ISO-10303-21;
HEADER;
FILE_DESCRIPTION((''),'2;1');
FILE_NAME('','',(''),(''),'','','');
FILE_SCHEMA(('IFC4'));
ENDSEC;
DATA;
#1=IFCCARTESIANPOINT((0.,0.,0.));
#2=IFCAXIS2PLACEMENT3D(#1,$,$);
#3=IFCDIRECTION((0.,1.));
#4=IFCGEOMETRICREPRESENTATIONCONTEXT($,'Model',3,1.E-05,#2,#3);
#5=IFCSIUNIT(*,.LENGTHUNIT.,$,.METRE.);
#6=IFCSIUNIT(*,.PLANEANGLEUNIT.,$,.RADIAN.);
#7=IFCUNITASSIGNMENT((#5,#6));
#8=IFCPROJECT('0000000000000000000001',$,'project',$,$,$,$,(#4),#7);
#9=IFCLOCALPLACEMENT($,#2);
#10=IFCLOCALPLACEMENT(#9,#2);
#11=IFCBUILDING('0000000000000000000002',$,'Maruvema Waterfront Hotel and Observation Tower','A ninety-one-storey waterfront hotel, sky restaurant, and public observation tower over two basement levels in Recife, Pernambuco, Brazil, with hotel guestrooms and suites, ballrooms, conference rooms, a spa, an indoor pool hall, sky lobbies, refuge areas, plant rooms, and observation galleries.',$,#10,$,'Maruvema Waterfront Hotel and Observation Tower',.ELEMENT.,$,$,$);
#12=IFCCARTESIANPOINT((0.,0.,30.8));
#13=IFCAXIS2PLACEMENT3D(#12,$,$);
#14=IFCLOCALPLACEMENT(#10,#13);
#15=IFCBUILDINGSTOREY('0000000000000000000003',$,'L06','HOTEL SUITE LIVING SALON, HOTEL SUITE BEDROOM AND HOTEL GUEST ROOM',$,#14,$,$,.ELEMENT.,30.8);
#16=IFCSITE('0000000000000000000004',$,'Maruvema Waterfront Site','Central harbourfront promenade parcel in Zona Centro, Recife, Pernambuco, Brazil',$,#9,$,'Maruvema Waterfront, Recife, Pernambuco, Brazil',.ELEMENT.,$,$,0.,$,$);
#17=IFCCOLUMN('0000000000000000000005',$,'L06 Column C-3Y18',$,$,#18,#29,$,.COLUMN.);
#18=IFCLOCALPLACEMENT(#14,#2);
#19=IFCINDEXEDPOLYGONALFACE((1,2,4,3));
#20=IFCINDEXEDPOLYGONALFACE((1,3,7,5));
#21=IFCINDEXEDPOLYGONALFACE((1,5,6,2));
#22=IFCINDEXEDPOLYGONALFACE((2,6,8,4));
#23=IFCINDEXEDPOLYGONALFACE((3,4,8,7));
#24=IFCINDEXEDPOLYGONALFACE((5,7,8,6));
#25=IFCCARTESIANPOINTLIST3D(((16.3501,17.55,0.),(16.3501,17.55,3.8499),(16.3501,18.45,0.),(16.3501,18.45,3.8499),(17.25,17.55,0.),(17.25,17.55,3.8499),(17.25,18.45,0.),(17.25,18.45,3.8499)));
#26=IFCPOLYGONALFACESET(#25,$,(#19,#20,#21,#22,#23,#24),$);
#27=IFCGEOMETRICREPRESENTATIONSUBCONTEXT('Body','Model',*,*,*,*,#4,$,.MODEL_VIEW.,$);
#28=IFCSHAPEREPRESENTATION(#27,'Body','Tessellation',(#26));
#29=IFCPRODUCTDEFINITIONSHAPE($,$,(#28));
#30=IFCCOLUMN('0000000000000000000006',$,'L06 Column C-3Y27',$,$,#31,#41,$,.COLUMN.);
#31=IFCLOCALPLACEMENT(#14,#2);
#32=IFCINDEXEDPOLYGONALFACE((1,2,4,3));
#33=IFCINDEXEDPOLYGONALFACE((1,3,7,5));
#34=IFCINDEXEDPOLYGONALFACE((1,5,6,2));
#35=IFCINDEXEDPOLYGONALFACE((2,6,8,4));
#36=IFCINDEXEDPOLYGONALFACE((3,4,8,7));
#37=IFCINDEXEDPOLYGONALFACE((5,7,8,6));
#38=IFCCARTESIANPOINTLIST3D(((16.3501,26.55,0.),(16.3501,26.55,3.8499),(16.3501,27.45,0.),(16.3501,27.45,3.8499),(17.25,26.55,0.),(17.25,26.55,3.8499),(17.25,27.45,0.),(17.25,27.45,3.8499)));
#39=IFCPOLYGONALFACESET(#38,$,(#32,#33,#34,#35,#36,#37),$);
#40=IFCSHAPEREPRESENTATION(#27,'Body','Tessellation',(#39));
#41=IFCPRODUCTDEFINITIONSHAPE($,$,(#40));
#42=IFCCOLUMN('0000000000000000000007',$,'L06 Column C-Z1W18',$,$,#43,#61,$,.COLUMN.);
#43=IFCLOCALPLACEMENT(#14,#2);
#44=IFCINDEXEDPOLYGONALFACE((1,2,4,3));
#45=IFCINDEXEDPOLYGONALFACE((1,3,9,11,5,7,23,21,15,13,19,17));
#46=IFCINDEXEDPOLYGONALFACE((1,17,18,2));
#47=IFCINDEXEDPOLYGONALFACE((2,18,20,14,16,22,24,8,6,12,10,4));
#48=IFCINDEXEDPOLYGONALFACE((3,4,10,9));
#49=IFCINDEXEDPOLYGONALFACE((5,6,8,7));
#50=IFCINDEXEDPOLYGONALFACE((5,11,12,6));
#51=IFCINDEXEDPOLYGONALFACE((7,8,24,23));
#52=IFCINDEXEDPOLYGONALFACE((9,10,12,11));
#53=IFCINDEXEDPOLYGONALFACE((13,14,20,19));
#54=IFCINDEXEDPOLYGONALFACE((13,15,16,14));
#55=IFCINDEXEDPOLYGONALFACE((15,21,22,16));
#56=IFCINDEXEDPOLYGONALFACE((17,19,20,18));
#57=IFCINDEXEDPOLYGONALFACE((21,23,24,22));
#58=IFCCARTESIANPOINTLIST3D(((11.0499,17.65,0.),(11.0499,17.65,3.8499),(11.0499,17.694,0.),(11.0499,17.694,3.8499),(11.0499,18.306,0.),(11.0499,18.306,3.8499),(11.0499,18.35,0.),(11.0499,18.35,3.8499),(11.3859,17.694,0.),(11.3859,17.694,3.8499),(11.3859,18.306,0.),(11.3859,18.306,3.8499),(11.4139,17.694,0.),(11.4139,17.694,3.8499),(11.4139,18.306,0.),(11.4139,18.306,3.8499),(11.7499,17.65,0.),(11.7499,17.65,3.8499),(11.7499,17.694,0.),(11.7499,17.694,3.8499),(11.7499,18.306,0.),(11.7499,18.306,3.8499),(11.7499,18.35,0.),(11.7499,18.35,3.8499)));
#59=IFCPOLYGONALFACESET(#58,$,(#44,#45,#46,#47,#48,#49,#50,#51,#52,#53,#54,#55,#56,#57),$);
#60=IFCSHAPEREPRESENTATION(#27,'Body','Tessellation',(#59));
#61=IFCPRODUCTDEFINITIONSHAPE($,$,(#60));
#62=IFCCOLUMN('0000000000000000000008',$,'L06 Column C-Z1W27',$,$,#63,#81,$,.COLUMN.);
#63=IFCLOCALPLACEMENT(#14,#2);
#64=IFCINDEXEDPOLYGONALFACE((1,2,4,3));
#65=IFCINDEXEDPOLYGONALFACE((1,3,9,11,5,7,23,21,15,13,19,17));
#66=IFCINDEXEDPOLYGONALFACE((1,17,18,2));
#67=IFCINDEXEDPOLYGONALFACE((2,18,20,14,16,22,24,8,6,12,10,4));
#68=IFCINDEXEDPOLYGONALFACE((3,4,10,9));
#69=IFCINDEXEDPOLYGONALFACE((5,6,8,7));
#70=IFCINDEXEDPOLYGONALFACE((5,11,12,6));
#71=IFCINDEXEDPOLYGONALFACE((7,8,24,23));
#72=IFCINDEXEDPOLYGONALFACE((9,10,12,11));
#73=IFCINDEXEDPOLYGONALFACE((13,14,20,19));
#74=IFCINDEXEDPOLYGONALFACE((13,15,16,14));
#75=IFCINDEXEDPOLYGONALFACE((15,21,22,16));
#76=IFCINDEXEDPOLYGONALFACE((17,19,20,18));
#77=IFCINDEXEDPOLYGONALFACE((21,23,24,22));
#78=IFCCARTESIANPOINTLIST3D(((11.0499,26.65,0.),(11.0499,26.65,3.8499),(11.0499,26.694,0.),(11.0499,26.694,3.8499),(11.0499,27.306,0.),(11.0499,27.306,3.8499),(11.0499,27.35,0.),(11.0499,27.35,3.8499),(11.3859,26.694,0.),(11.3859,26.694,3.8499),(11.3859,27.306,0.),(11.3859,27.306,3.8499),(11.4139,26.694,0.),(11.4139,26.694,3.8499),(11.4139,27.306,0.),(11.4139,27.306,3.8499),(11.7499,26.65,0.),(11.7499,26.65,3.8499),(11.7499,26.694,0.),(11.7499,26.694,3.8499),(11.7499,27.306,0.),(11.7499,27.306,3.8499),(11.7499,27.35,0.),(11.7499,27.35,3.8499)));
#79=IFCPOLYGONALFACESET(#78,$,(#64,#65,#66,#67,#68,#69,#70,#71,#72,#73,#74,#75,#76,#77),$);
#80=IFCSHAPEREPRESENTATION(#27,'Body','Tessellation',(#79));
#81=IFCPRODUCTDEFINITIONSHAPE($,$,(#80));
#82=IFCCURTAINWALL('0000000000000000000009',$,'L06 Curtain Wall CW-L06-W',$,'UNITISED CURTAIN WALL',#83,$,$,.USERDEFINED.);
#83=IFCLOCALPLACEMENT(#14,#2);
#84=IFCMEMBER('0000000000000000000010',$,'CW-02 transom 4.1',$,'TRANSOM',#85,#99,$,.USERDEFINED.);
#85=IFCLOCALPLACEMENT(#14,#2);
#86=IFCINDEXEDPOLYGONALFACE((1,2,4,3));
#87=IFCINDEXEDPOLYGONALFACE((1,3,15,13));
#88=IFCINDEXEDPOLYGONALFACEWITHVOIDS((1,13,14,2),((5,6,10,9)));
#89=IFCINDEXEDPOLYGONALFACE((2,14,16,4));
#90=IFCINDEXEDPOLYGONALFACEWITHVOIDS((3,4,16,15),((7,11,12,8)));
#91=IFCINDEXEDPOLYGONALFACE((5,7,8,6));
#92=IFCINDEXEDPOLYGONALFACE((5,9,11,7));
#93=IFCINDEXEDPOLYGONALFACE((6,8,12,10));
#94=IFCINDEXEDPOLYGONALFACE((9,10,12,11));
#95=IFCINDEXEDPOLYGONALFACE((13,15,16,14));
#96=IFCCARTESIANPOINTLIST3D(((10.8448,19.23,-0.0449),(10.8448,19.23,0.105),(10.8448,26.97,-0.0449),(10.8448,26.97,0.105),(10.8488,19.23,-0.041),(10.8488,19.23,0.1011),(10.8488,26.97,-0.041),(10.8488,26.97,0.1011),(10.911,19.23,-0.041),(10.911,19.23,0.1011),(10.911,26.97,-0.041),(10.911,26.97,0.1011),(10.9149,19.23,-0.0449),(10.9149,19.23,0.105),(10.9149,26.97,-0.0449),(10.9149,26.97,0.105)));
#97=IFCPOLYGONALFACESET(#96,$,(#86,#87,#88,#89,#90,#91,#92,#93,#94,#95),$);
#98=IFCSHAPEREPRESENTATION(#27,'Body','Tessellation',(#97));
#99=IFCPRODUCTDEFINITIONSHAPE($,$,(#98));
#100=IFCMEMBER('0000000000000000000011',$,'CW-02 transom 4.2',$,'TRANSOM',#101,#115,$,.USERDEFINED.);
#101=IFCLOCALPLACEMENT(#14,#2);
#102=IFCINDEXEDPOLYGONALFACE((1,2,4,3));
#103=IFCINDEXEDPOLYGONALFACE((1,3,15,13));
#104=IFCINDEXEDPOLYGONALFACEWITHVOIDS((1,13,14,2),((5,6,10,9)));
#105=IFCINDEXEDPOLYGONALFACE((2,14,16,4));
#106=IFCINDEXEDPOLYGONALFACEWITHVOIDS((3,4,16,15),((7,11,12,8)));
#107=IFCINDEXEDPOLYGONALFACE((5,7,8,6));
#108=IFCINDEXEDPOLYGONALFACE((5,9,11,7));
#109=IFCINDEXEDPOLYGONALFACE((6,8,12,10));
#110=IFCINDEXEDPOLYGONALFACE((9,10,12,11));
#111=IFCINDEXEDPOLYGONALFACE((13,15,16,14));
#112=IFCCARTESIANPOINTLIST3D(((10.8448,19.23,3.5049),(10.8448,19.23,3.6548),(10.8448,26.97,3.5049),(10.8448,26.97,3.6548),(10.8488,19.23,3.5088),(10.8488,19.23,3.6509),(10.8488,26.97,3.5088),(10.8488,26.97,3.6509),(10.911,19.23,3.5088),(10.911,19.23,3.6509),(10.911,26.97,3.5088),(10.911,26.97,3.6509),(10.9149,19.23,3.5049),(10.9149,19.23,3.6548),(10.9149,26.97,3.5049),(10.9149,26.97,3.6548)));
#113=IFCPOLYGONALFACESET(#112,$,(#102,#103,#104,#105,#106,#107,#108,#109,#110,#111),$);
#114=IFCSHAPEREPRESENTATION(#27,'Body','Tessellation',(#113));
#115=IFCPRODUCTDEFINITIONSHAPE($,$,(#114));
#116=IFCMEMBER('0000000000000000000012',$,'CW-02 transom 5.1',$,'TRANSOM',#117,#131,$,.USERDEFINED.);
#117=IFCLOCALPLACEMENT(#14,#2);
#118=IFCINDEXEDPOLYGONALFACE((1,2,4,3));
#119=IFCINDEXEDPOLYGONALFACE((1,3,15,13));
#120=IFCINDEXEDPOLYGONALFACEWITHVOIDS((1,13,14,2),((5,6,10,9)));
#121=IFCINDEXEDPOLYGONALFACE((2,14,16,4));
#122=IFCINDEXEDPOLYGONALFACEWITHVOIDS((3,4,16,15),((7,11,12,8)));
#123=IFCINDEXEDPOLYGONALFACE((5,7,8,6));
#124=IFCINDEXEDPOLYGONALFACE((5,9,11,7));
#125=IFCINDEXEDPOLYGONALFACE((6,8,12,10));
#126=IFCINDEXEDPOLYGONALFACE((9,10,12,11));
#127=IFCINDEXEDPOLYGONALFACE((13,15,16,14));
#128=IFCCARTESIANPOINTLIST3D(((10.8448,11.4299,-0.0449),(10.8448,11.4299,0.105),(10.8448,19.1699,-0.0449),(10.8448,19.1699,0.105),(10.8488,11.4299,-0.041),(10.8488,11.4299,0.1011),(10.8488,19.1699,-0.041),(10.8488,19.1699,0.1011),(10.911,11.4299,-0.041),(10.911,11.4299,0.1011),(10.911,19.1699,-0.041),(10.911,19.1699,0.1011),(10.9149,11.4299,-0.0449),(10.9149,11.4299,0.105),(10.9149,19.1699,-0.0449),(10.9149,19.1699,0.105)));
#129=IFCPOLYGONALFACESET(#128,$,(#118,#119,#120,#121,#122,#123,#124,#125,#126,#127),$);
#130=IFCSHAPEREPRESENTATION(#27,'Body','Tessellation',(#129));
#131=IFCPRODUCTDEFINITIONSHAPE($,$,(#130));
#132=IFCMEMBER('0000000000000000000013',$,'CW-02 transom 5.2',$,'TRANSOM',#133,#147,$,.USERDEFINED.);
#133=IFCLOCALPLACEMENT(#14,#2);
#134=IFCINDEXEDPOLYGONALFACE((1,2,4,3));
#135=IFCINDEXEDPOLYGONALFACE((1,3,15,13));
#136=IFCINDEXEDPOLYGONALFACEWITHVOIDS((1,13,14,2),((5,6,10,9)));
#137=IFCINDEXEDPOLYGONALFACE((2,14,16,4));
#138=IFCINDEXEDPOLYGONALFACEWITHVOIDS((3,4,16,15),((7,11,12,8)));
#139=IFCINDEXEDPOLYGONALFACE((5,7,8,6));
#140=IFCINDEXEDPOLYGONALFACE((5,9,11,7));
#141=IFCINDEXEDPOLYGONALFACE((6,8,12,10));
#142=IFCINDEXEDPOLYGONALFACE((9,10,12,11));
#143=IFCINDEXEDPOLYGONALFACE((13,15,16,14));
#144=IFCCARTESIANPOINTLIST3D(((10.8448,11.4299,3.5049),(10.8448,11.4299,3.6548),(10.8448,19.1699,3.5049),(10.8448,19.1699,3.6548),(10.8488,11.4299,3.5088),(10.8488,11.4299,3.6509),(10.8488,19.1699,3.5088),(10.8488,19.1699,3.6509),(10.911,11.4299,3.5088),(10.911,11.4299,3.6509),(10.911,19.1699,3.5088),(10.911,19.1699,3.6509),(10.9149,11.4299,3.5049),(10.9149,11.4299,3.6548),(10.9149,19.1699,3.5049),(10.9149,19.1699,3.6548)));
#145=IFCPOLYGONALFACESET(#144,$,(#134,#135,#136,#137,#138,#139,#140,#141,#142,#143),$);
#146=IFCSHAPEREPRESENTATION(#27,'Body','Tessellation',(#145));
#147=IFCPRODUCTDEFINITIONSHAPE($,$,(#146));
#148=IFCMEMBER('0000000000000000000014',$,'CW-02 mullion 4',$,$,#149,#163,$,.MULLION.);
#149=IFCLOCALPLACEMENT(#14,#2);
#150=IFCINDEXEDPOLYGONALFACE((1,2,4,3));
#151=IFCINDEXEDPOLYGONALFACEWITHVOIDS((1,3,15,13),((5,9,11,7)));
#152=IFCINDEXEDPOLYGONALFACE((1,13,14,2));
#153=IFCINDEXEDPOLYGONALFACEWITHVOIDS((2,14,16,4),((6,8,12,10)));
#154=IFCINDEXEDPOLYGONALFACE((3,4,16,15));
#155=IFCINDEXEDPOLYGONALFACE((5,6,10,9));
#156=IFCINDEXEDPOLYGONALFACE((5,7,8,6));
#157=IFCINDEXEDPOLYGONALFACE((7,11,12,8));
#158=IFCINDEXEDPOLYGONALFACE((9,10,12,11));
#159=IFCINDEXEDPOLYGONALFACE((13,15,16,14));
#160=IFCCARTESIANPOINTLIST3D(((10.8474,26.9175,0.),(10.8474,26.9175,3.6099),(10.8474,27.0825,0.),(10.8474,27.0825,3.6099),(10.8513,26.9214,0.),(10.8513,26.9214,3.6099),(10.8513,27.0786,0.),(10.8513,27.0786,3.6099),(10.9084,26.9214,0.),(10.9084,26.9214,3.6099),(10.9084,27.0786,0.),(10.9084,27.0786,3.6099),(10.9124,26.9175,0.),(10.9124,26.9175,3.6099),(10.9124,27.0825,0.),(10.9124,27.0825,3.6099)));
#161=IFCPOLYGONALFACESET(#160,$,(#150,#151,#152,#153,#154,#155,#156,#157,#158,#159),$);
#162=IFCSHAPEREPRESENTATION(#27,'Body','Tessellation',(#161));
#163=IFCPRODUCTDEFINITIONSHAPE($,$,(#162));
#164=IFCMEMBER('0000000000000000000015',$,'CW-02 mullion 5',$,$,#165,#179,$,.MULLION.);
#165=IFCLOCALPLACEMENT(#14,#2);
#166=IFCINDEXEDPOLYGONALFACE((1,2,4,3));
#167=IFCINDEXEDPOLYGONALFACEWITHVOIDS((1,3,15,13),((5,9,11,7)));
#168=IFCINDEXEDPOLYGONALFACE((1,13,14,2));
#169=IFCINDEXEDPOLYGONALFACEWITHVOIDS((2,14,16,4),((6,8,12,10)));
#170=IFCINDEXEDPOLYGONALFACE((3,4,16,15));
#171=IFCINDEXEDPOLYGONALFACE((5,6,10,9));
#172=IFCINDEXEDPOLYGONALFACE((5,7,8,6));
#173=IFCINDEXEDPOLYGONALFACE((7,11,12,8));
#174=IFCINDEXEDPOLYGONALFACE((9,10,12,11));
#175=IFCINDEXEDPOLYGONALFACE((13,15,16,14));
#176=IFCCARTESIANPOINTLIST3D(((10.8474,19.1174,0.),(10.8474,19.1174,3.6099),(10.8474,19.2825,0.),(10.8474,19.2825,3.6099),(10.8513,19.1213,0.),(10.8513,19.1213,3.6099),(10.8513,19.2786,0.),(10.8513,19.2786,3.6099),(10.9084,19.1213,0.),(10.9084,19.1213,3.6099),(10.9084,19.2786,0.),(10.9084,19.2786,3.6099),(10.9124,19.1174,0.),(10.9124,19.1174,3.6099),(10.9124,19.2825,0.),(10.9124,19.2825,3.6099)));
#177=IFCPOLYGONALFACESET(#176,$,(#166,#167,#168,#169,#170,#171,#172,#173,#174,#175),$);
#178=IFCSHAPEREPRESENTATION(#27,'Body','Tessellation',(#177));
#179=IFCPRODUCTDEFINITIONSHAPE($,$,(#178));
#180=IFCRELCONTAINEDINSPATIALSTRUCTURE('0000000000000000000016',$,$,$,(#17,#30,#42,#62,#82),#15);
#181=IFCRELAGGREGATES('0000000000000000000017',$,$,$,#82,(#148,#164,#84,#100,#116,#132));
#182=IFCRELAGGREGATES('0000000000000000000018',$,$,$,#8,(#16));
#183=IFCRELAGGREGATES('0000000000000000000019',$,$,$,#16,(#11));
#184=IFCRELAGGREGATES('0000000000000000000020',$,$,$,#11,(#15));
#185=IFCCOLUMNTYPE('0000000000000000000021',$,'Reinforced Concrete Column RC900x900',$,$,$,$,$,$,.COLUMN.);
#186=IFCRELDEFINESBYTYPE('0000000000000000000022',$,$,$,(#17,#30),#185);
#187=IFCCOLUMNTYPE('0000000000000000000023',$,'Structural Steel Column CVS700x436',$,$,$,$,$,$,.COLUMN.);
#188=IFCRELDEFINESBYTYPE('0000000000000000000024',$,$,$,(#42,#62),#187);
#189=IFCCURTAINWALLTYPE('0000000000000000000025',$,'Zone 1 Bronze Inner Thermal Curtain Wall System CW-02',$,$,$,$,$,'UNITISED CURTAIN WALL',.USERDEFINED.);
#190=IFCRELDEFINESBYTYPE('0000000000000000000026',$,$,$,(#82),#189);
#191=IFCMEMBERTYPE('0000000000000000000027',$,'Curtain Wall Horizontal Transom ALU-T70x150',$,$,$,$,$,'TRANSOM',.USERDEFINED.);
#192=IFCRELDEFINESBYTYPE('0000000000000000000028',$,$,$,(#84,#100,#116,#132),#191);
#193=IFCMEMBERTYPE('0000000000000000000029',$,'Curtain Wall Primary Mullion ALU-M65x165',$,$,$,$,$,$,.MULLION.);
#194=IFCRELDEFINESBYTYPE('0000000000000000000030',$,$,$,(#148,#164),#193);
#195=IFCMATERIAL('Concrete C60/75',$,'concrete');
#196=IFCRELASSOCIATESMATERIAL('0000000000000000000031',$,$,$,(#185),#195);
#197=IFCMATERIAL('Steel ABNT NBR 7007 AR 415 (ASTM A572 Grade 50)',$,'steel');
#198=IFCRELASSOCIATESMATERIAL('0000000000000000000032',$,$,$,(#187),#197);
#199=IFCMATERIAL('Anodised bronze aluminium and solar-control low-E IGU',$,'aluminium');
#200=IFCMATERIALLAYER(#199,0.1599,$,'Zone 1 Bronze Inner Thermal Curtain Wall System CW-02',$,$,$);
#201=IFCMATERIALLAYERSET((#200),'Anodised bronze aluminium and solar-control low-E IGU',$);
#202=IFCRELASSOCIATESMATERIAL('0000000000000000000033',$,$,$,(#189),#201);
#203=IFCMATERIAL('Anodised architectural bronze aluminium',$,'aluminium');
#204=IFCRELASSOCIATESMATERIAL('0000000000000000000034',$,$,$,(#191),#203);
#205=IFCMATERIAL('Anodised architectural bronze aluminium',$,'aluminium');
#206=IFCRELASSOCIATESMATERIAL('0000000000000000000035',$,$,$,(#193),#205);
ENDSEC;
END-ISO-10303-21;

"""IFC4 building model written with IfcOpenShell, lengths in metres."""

from ifc_helpers import new_model, si_unit, direction, frame, origin, origin_2d, place, context, subcontext, project, spatial, rectangle, hollow_rectangle, i_section, extrude, material, layer, layer_set, material_profile, profile_set, type_object, element, aggregate, save


model = new_model("IFC4")

# Units and contexts
model_context = context("Model", 3, precision=1e-05, world=origin(), true_north=direction((0.0, 1.0)))
body_context = subcontext(model_context, "Body", "Model", "MODEL_VIEW")
ifc_project = project(units=[si_unit("LENGTHUNIT", "METRE"), si_unit("PLANEANGLEUNIT", "RADIAN")], contexts=[model_context])

# Site, building, storey
site_placement = place(None, origin())
site = spatial("IfcSite", under=ifc_project, at=site_placement, Name="Maruvema Waterfront Site", Description="Central harbourfront promenade parcel in Zona Centro, Recife, Pernambuco, Brazil", LongName="Maruvema Waterfront, Recife, Pernambuco, Brazil", CompositionType="ELEMENT", RefElevation=0.0)
building_placement = place(site_placement, origin())
building = spatial("IfcBuilding", under=site, at=building_placement, Name="Maruvema Waterfront Hotel and Observation Tower", Description="A ninety-one-storey waterfront hotel, sky restaurant, and public observation tower over two basement levels in Recife, Pernambuco, Brazil, with hotel guestrooms and suites, ballrooms, conference rooms, a spa, an indoor pool hall, sky lobbies, refuge areas, plant rooms, and observation galleries.", LongName="Maruvema Waterfront Hotel and Observation Tower", CompositionType="ELEMENT")
storey_placement = place(building_placement, frame((0.0, 0.0, 30.8)))
storey = spatial("IfcBuildingStorey", under=building, at=storey_placement, Name="L06", Description="HOTEL SUITE LIVING SALON, HOTEL SUITE BEDROOM AND HOTEL GUEST ROOM", CompositionType="ELEMENT", Elevation=30.8)

# Columns
ifc_material_1 = material(Name="Concrete C60/75", Category="concrete")
ifc_material_profile_1 = material_profile(ifc_material_1, rectangle(XDim=0.8999, YDim=0.8999, at=origin_2d()), Name="RC900x900")
ifc_profile_set_1 = profile_set([ifc_material_profile_1], Name="Concrete C60/75")
column_type_1 = type_object("IfcColumnType", Name="Reinforced Concrete Column RC900x900", PredefinedType="COLUMN", material=ifc_profile_set_1)
for number, where, z_axis, x_axis, name in (
    (1, (16.8, 18.0, 0.0), (0.0, 0.0, 1.0), (1.0, 0.0, 0.0), "L06 Column C-3Y18"),
    (2, (16.8, 27.0, 0.0), (0.0, 0.0, 1.0), (1.0, 0.0, 0.0), "L06 Column C-3Y27"),
):
    element("IfcColumn", number, at=place(storey_placement, frame(where, z_axis=z_axis, x_axis=x_axis)), inside=storey, type_object=column_type_1, Name=name, PredefinedType="COLUMN", context=body_context, shape_type="SweptSolid", body=[
        extrude(rectangle(XDim=0.8999, YDim=0.8999, at=origin_2d()), origin(), (0.0, 0.0, 1.0), 3.8499),
    ])
ifc_material_2 = material(Name="Steel ABNT NBR 7007 AR 415 (ASTM A572 Grade 50)", Category="steel")
ifc_material_profile_2 = material_profile(ifc_material_2, i_section(OverallWidth=0.7, OverallDepth=0.7, WebThickness=0.0281, FlangeThickness=0.0439, at=origin_2d()), Name="CVS700x436")
ifc_profile_set_2 = profile_set([ifc_material_profile_2], Name="Steel ABNT NBR 7007 AR 415 (ASTM A572 Grade 50)")
column_type_2 = type_object("IfcColumnType", Name="Structural Steel Column CVS700x436", PredefinedType="COLUMN", material=ifc_profile_set_2)
for number, where, z_axis, x_axis, name in (
    (3, (11.3999, 18.0, 0.0), (0.0, 0.0, 1.0), (1.0, 0.0, 0.0), "L06 Column C-Z1W18"),
    (4, (11.3999, 27.0, 0.0), (0.0, 0.0, 1.0), (1.0, 0.0, 0.0), "L06 Column C-Z1W27"),
):
    element("IfcColumn", number, at=place(storey_placement, frame(where, z_axis=z_axis, x_axis=x_axis)), inside=storey, type_object=column_type_2, Name=name, PredefinedType="COLUMN", context=body_context, shape_type="SweptSolid", body=[
        extrude(i_section(OverallWidth=0.7, OverallDepth=0.7, WebThickness=0.0281, FlangeThickness=0.0439, at=origin_2d()), origin(), (0.0, 0.0, 1.0), 3.8499),
    ])

# Curtain wall, members
ifc_material_3 = material(Name="Anodised bronze aluminium and solar-control low-E IGU", Category="aluminium")
ifc_layer_1 = layer(ifc_material_3, 0.1599, Name="Zone 1 Bronze Inner Thermal Curtain Wall System CW-02")
ifc_layer_set_1 = layer_set([ifc_layer_1], Name="Anodised bronze aluminium and solar-control low-E IGU")
curtain_wall_type = type_object("IfcCurtainWallType", Name="Zone 1 Bronze Inner Thermal Curtain Wall System CW-02", ElementType="UNITISED CURTAIN WALL", PredefinedType="USERDEFINED", material=ifc_layer_set_1)
curtain_wall_placement = place(storey_placement, origin())
curtain_wall = element("IfcCurtainWall", 5, at=curtain_wall_placement, inside=storey, type_object=curtain_wall_type, Name="L06 Curtain Wall CW-L06-W", ObjectType="UNITISED CURTAIN WALL", PredefinedType="USERDEFINED")
ifc_material_4 = material(Name="Anodised architectural bronze aluminium", Category="aluminium")
ifc_material_profile_3 = material_profile(ifc_material_4, hollow_rectangle(XDim=0.0701, YDim=0.1499, WallThickness=0.0039, at=origin_2d()), Name="ALU-T70x150")
ifc_profile_set_3 = profile_set([ifc_material_profile_3], Name="Anodised architectural bronze aluminium")
member_type_1 = type_object("IfcMemberType", Name="Curtain Wall Horizontal Transom ALU-T70x150", ElementType="TRANSOM", PredefinedType="USERDEFINED", material=ifc_profile_set_3)
member_1_placement = place(storey_placement, frame((10.8799, 26.97, 0.03), z_axis=(0.0, -1.0, 0.0), x_axis=(1.0, 0.0, 0.0)))
member_1 = element("IfcMember", 6, at=member_1_placement, type_object=member_type_1, Name="CW-02 transom 4.1", ObjectType="TRANSOM", PredefinedType="USERDEFINED", context=body_context, shape_type="SweptSolid", body=[
    extrude(hollow_rectangle(XDim=0.0701, YDim=0.1499, WallThickness=0.0039, at=origin_2d()), origin(), (0.0, 0.0, 1.0), 7.74),
])
member_2_placement = place(storey_placement, frame((10.8799, 26.97, 3.5798), z_axis=(0.0, -1.0, 0.0), x_axis=(1.0, 0.0, 0.0)))
member_2 = element("IfcMember", 7, at=member_2_placement, type_object=member_type_1, Name="CW-02 transom 4.2", ObjectType="TRANSOM", PredefinedType="USERDEFINED", context=body_context, shape_type="SweptSolid", body=[
    extrude(hollow_rectangle(XDim=0.0701, YDim=0.1499, WallThickness=0.0039, at=origin_2d()), origin(), (0.0, 0.0, 1.0), 7.74),
])
member_3_placement = place(storey_placement, frame((10.8799, 19.1699, 0.03), z_axis=(0.0, -1.0, 0.0), x_axis=(1.0, 0.0, 0.0)))
member_3 = element("IfcMember", 8, at=member_3_placement, type_object=member_type_1, Name="CW-02 transom 5.1", ObjectType="TRANSOM", PredefinedType="USERDEFINED", context=body_context, shape_type="SweptSolid", body=[
    extrude(hollow_rectangle(XDim=0.0701, YDim=0.1499, WallThickness=0.0039, at=origin_2d()), origin(), (0.0, 0.0, 1.0), 7.74),
])
member_4_placement = place(storey_placement, frame((10.8799, 19.1699, 3.5798), z_axis=(0.0, -1.0, 0.0), x_axis=(1.0, 0.0, 0.0)))
member_4 = element("IfcMember", 9, at=member_4_placement, type_object=member_type_1, Name="CW-02 transom 5.2", ObjectType="TRANSOM", PredefinedType="USERDEFINED", context=body_context, shape_type="SweptSolid", body=[
    extrude(hollow_rectangle(XDim=0.0701, YDim=0.1499, WallThickness=0.0039, at=origin_2d()), origin(), (0.0, 0.0, 1.0), 7.74),
])
ifc_material_5 = material(Name="Anodised architectural bronze aluminium", Category="aluminium")
ifc_material_profile_4 = material_profile(ifc_material_5, hollow_rectangle(XDim=0.0649, YDim=0.165, WallThickness=0.0039, at=origin_2d()), Name="ALU-M65x165")
ifc_profile_set_4 = profile_set([ifc_material_profile_4], Name="Anodised architectural bronze aluminium")
member_type_2 = type_object("IfcMemberType", Name="Curtain Wall Primary Mullion ALU-M65x165", PredefinedType="MULLION", material=ifc_profile_set_4)
member_5_placement = place(storey_placement, frame((10.8799, 27.0, 0.0), z_axis=(0.0, 0.0, 1.0), x_axis=(1.0, 0.0, 0.0)))
member_5 = element("IfcMember", 10, at=member_5_placement, type_object=member_type_2, Name="CW-02 mullion 4", PredefinedType="MULLION", context=body_context, shape_type="SweptSolid", body=[
    extrude(hollow_rectangle(XDim=0.0649, YDim=0.165, WallThickness=0.0039, at=origin_2d()), origin(), (0.0, 0.0, 1.0), 3.6099),
])
member_6_placement = place(storey_placement, frame((10.8799, 19.2, 0.0), z_axis=(0.0, 0.0, 1.0), x_axis=(1.0, 0.0, 0.0)))
member_6 = element("IfcMember", 11, at=member_6_placement, type_object=member_type_2, Name="CW-02 mullion 5", PredefinedType="MULLION", context=body_context, shape_type="SweptSolid", body=[
    extrude(hollow_rectangle(XDim=0.0649, YDim=0.165, WallThickness=0.0039, at=origin_2d()), origin(), (0.0, 0.0, 1.0), 3.6099),
])

aggregate(curtain_wall, [member_5, member_6, member_1, member_2, member_3, member_4])

save(model, "model.ifc")
